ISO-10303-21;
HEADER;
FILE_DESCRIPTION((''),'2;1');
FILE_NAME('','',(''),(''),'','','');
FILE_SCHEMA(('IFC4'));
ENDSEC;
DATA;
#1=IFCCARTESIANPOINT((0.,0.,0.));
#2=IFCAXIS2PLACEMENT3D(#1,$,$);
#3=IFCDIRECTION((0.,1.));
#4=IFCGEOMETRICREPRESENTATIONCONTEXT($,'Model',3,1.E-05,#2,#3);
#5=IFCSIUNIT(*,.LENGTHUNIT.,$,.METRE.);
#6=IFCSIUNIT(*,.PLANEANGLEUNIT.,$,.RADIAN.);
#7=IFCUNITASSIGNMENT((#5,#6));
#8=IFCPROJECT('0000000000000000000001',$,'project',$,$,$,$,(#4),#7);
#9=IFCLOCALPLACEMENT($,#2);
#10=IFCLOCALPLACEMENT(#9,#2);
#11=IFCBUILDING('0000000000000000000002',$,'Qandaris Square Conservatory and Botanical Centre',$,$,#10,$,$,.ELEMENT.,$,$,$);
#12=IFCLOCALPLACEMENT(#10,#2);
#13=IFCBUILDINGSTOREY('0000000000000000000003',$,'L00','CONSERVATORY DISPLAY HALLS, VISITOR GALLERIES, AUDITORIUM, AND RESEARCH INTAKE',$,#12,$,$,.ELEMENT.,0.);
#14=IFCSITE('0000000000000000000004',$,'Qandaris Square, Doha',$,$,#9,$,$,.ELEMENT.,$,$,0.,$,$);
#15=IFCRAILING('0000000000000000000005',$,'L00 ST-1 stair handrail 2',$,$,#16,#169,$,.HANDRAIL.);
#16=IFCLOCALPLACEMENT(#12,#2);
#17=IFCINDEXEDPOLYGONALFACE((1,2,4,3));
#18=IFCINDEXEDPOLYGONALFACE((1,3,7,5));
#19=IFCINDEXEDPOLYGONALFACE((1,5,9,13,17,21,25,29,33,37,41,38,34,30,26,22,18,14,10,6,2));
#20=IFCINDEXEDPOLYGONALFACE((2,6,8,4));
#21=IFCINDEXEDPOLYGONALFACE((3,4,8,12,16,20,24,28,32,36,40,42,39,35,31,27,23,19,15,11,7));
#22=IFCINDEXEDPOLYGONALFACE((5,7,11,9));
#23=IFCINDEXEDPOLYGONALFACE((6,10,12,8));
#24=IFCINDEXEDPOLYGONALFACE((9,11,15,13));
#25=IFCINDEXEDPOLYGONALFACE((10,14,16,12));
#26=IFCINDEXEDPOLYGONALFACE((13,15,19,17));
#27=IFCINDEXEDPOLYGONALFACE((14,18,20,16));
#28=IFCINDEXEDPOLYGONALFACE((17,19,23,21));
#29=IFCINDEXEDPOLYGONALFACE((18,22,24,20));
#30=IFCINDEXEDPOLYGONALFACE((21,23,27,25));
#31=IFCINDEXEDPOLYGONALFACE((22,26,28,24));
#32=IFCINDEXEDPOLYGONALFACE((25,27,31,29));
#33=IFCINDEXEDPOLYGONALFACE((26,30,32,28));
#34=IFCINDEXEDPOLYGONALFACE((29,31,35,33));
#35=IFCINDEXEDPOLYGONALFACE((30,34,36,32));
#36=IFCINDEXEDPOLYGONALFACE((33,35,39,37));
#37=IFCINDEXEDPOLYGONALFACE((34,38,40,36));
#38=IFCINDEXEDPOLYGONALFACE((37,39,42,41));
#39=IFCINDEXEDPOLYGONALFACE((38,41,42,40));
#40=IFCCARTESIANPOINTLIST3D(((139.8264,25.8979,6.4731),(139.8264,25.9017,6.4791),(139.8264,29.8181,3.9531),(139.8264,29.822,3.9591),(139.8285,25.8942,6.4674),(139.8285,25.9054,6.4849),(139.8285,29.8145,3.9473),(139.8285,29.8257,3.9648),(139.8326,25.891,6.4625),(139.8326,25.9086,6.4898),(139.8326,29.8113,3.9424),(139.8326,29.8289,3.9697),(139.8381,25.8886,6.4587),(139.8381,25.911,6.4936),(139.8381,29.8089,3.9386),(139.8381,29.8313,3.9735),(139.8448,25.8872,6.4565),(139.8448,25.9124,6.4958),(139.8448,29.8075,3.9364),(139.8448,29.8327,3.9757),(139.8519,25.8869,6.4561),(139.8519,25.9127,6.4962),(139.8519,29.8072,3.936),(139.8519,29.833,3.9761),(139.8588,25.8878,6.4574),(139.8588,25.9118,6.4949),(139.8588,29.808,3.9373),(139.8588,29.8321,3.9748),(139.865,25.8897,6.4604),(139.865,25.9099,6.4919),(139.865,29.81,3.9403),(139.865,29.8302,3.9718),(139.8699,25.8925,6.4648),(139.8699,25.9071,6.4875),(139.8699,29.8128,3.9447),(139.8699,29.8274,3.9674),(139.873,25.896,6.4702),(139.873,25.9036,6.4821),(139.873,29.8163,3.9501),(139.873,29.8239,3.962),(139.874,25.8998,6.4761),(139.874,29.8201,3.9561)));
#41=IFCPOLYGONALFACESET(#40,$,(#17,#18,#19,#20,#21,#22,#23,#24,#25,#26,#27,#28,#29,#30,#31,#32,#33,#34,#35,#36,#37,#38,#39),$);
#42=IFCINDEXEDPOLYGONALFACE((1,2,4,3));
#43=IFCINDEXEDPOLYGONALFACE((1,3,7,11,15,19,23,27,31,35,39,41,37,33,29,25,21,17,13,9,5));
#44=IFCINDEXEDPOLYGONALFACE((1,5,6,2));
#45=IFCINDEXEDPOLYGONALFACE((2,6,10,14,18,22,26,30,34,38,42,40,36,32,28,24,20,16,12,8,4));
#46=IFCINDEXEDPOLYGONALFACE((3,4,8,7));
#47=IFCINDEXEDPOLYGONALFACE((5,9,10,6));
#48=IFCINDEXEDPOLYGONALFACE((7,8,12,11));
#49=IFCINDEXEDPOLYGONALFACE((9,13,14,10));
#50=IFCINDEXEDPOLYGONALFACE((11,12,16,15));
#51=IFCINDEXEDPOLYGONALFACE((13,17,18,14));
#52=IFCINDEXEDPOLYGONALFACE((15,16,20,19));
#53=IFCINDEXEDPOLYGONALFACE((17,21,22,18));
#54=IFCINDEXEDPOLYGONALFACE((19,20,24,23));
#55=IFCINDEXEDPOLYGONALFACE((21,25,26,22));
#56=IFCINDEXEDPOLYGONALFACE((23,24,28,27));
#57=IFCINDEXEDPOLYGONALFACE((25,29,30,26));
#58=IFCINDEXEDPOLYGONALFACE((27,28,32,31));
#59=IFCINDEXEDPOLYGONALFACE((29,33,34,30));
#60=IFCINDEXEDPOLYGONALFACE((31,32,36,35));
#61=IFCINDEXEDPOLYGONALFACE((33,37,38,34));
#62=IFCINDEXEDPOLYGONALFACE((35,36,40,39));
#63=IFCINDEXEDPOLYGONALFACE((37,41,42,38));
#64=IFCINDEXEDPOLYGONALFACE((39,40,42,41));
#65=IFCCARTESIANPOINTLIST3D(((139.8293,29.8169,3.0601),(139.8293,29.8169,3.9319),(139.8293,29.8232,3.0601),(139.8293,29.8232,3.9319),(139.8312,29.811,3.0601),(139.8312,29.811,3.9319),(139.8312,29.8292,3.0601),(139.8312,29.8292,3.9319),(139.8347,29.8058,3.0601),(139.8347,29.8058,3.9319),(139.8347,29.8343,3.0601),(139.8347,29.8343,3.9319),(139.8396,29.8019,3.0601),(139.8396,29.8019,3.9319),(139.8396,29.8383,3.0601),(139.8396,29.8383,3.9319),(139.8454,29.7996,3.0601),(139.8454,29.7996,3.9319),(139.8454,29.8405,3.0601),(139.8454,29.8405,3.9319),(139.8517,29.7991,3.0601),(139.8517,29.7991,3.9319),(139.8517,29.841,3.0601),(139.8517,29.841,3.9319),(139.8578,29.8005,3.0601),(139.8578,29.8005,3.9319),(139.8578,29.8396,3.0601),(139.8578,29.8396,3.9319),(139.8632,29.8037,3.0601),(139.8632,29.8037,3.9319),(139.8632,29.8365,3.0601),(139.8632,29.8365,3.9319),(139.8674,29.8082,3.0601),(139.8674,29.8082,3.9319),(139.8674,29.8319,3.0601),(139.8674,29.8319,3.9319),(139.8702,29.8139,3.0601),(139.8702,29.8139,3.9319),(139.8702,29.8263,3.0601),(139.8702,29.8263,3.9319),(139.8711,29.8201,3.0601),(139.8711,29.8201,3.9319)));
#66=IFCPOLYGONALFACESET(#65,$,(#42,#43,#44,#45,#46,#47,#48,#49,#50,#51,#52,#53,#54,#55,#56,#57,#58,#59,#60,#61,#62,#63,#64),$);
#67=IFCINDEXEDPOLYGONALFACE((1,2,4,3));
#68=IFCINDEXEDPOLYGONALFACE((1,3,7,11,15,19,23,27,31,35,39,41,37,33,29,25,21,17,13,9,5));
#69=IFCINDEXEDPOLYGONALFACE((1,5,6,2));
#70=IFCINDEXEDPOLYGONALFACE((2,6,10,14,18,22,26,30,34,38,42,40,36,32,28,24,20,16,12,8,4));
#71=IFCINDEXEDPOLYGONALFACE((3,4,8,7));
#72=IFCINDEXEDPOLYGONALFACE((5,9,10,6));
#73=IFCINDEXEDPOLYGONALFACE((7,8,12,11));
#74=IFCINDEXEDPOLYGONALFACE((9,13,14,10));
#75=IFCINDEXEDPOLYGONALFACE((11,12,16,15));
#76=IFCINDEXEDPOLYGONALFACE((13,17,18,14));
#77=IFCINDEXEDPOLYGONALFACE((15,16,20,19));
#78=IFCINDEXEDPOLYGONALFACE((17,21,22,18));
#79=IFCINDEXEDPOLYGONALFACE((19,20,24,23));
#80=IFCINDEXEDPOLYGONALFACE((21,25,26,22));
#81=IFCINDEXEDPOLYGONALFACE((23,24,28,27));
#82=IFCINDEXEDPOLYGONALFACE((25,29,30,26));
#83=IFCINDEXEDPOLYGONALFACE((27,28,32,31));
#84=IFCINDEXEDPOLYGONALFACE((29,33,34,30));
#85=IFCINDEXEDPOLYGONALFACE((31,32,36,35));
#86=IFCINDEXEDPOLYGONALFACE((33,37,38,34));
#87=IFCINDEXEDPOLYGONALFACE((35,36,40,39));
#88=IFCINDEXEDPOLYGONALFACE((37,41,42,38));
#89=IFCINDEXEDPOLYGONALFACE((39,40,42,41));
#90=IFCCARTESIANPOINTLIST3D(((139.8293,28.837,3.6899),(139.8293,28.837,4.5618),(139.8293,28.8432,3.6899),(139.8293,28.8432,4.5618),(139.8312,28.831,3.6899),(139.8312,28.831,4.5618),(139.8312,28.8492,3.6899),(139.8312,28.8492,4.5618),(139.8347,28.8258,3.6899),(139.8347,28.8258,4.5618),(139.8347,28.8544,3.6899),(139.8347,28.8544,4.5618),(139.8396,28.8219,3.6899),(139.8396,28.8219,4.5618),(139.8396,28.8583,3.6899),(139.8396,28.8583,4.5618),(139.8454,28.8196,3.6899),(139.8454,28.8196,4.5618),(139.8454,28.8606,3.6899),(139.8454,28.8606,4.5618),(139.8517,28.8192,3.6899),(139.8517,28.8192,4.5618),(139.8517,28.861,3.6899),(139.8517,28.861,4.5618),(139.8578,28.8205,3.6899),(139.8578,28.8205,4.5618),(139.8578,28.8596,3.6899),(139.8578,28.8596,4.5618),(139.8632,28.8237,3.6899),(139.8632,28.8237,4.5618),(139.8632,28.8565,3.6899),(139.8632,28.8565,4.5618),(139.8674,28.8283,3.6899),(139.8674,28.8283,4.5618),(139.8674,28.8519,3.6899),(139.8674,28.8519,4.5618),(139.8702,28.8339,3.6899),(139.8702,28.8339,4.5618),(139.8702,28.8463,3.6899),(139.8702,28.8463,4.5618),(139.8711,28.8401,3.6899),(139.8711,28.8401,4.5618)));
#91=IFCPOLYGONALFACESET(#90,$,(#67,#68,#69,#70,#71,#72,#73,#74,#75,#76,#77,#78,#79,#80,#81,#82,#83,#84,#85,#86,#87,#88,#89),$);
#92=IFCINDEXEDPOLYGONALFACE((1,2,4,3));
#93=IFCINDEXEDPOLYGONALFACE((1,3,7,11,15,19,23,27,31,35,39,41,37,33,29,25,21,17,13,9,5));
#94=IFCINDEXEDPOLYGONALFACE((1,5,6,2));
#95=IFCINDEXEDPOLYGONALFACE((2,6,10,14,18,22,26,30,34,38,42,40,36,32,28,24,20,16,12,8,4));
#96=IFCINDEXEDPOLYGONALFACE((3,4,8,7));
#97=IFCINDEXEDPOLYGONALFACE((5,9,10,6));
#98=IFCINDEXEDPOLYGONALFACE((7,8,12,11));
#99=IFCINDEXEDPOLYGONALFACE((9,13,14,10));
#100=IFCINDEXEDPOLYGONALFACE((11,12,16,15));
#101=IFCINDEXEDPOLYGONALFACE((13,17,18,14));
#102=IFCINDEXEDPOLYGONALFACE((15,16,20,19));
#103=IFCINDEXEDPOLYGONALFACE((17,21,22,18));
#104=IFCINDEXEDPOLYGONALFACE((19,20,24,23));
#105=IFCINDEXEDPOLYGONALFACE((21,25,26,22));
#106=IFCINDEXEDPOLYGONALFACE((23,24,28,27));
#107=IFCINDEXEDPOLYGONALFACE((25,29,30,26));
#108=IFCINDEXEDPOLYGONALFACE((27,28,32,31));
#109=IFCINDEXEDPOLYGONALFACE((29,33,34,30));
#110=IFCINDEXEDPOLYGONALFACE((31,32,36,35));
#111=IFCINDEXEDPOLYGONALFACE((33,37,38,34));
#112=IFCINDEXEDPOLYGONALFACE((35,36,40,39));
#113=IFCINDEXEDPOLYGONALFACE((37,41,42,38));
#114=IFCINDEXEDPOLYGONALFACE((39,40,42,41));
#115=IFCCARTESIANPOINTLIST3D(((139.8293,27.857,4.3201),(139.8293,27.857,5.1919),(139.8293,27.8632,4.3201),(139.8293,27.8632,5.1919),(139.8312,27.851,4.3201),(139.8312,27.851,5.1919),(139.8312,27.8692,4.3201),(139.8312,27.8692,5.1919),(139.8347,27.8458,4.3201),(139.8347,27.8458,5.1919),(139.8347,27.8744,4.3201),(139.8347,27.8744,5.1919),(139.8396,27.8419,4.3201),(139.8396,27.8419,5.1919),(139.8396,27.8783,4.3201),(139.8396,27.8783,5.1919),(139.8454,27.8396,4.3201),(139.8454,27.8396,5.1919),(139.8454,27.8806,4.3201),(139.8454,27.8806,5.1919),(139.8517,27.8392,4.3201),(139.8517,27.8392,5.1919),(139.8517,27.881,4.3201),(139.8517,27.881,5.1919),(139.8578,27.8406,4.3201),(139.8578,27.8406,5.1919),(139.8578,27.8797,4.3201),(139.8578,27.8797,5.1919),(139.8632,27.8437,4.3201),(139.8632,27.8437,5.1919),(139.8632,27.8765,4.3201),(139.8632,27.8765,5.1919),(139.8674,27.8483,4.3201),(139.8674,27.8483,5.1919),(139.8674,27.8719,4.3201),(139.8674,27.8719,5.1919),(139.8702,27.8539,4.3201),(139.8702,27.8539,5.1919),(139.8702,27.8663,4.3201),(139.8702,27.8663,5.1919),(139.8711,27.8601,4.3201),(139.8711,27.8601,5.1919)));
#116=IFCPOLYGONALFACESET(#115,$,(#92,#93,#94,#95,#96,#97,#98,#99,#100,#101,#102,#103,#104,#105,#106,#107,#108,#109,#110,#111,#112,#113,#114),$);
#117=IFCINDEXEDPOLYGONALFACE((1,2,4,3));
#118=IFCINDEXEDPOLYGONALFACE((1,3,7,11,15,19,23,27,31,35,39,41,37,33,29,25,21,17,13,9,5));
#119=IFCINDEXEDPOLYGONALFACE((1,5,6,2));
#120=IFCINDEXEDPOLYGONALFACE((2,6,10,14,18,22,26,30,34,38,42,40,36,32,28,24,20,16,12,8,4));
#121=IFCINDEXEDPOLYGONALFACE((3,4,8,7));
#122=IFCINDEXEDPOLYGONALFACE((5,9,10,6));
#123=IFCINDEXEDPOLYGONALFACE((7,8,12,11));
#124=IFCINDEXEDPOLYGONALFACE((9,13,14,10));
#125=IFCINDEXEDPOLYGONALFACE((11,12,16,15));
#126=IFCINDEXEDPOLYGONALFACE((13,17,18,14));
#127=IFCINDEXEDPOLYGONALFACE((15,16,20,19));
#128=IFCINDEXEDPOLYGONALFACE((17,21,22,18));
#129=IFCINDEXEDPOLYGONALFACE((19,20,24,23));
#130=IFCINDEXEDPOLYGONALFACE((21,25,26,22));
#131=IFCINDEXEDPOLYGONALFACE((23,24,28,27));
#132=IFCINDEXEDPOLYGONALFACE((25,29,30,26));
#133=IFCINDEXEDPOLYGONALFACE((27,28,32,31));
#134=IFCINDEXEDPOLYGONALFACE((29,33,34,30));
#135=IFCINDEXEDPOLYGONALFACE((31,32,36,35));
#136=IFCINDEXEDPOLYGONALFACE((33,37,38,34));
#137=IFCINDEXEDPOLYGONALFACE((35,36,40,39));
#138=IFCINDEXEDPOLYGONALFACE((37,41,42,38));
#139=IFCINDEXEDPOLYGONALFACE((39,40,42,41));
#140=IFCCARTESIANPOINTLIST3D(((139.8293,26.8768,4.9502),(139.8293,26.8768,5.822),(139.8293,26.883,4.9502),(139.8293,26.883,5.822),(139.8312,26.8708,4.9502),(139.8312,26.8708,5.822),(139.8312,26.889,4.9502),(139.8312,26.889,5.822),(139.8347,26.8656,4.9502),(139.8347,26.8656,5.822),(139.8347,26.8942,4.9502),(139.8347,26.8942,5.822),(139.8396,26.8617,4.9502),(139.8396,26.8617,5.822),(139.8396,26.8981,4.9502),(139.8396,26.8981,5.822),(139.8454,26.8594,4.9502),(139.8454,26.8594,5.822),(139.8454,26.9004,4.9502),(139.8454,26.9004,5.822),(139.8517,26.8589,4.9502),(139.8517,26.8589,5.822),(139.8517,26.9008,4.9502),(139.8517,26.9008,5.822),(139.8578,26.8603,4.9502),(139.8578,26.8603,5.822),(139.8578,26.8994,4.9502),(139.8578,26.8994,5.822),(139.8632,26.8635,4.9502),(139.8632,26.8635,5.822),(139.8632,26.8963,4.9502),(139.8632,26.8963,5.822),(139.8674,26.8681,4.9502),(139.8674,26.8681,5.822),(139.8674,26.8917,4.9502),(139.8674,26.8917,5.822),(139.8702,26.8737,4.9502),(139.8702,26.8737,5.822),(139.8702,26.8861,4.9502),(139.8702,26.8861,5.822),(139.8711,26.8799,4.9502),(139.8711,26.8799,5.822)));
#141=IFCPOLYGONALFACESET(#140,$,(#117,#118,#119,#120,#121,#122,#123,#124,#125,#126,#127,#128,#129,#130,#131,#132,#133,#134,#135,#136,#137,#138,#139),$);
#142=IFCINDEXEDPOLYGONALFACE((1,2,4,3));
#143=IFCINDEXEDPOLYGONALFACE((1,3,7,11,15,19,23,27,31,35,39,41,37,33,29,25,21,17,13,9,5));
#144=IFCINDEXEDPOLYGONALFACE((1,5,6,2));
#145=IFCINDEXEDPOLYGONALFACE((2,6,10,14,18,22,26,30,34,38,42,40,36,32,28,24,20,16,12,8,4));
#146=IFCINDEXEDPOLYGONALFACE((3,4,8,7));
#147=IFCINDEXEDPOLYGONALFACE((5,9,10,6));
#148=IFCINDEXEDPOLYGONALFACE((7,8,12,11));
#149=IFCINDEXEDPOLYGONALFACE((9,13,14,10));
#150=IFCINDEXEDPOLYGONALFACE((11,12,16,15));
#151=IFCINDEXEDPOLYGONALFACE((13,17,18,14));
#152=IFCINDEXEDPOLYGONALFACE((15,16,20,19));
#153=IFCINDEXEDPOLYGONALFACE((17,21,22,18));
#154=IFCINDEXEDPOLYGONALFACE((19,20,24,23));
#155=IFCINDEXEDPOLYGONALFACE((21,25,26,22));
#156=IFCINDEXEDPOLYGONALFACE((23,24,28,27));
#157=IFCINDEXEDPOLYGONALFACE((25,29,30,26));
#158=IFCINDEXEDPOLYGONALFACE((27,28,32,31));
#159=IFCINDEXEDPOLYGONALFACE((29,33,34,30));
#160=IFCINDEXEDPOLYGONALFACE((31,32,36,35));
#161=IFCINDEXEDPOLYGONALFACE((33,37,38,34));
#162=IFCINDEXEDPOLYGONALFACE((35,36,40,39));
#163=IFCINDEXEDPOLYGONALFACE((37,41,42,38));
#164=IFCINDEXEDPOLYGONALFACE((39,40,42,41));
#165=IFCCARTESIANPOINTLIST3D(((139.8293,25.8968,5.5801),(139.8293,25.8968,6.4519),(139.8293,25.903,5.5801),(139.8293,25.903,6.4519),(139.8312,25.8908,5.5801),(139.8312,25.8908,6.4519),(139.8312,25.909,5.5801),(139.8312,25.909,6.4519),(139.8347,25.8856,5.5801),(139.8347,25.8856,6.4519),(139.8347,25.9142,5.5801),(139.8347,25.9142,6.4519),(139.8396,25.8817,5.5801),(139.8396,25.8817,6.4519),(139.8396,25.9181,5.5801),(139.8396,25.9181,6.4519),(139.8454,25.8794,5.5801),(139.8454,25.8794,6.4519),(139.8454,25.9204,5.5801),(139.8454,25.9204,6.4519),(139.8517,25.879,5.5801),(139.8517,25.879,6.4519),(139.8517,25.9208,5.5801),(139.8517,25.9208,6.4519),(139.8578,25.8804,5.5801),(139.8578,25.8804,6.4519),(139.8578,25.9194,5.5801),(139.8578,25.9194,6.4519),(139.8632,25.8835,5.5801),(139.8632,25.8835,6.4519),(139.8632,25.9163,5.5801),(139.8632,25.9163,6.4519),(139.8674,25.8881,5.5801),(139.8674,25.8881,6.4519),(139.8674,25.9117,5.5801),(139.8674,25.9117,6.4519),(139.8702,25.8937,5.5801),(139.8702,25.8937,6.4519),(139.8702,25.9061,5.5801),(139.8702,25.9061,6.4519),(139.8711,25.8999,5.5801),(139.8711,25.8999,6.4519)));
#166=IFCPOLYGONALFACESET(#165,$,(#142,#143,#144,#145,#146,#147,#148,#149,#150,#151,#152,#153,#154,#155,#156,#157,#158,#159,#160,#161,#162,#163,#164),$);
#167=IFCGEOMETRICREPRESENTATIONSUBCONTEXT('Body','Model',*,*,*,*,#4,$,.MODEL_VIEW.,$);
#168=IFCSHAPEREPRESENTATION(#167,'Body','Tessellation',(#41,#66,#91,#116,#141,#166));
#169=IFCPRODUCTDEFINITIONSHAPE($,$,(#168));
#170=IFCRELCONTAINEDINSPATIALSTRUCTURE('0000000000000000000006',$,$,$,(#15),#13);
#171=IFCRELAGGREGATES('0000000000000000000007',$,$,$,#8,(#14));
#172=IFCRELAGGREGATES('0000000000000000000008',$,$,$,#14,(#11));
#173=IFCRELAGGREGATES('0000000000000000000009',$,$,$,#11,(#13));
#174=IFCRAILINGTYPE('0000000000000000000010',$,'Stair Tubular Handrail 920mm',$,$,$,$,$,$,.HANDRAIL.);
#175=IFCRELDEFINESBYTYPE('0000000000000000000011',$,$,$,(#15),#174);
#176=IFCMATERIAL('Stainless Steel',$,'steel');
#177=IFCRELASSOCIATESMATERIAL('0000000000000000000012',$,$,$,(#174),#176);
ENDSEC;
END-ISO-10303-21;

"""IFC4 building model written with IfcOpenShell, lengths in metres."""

from ifc_helpers import new_model, si_unit, direction, frame, origin, origin_2d, place, context, subcontext, project, spatial, circle, extrude, material, type_object, element, save


model = new_model("IFC4")

# Units and contexts
model_context = context("Model", 3, precision=1e-05, world=origin(), true_north=direction((0.0, 1.0)))
body_context = subcontext(model_context, "Body", "Model", "MODEL_VIEW")
ifc_project = project(units=[si_unit("LENGTHUNIT", "METRE"), si_unit("PLANEANGLEUNIT", "RADIAN")], contexts=[model_context])

# Site, building, storey
site_placement = place(None, origin())
site = spatial("IfcSite", under=ifc_project, at=site_placement, Name="Qandaris Square, Doha", CompositionType="ELEMENT", RefElevation=0.0)
building_placement = place(site_placement, origin())
building = spatial("IfcBuilding", under=site, at=building_placement, Name="Qandaris Square Conservatory and Botanical Centre", CompositionType="ELEMENT")
storey_placement = place(building_placement, origin())
storey = spatial("IfcBuildingStorey", under=building, at=storey_placement, Name="L00", Description="CONSERVATORY DISPLAY HALLS, VISITOR GALLERIES, AUDITORIUM, AND RESEARCH INTAKE", CompositionType="ELEMENT", Elevation=0.0)

# Railing
ifc_material_1 = material(Name="Stainless Steel", Category="steel")
railing_type_1 = type_object("IfcRailingType", Name="Stair Tubular Handrail 920mm", PredefinedType="HANDRAIL", material=ifc_material_1)
railing_1_placement = place(storey_placement, frame((139.8501, 29.8201, 3.0601)))
element("IfcRailing", 1, at=railing_1_placement, inside=storey, type_object=railing_type_1, Name="L00 ST-1 stair handrail 2", PredefinedType="HANDRAIL", context=body_context, shape_type="SweptSolid", body=[
    extrude(circle(Radius=0.0239, at=origin_2d()), frame((0.0, 0.0, 0.896), z_axis=(0.0, -0.841187, 0.540744), x_axis=(1.0, 0.0, 0.0)), (0.0, 0.0, 1.0), 4.6604),
    extrude(circle(Radius=0.021, at=origin_2d()), origin(), (0.0, 0.0, 1.0), 0.8718),
    extrude(circle(Radius=0.021, at=origin_2d()), frame((0.0, -0.98, 0.6299)), (0.0, 0.0, 1.0), 0.8718),
    extrude(circle(Radius=0.021, at=origin_2d()), frame((0.0, -1.96, 1.26)), (0.0, 0.0, 1.0), 0.8718),
    extrude(circle(Radius=0.021, at=origin_2d()), frame((0.0, -2.9402, 1.8901)), (0.0, 0.0, 1.0), 0.8718),
    extrude(circle(Radius=0.021, at=origin_2d()), frame((0.0, -3.9202, 2.52)), (0.0, 0.0, 1.0), 0.8718),
])

save(model, "model.ifc")
